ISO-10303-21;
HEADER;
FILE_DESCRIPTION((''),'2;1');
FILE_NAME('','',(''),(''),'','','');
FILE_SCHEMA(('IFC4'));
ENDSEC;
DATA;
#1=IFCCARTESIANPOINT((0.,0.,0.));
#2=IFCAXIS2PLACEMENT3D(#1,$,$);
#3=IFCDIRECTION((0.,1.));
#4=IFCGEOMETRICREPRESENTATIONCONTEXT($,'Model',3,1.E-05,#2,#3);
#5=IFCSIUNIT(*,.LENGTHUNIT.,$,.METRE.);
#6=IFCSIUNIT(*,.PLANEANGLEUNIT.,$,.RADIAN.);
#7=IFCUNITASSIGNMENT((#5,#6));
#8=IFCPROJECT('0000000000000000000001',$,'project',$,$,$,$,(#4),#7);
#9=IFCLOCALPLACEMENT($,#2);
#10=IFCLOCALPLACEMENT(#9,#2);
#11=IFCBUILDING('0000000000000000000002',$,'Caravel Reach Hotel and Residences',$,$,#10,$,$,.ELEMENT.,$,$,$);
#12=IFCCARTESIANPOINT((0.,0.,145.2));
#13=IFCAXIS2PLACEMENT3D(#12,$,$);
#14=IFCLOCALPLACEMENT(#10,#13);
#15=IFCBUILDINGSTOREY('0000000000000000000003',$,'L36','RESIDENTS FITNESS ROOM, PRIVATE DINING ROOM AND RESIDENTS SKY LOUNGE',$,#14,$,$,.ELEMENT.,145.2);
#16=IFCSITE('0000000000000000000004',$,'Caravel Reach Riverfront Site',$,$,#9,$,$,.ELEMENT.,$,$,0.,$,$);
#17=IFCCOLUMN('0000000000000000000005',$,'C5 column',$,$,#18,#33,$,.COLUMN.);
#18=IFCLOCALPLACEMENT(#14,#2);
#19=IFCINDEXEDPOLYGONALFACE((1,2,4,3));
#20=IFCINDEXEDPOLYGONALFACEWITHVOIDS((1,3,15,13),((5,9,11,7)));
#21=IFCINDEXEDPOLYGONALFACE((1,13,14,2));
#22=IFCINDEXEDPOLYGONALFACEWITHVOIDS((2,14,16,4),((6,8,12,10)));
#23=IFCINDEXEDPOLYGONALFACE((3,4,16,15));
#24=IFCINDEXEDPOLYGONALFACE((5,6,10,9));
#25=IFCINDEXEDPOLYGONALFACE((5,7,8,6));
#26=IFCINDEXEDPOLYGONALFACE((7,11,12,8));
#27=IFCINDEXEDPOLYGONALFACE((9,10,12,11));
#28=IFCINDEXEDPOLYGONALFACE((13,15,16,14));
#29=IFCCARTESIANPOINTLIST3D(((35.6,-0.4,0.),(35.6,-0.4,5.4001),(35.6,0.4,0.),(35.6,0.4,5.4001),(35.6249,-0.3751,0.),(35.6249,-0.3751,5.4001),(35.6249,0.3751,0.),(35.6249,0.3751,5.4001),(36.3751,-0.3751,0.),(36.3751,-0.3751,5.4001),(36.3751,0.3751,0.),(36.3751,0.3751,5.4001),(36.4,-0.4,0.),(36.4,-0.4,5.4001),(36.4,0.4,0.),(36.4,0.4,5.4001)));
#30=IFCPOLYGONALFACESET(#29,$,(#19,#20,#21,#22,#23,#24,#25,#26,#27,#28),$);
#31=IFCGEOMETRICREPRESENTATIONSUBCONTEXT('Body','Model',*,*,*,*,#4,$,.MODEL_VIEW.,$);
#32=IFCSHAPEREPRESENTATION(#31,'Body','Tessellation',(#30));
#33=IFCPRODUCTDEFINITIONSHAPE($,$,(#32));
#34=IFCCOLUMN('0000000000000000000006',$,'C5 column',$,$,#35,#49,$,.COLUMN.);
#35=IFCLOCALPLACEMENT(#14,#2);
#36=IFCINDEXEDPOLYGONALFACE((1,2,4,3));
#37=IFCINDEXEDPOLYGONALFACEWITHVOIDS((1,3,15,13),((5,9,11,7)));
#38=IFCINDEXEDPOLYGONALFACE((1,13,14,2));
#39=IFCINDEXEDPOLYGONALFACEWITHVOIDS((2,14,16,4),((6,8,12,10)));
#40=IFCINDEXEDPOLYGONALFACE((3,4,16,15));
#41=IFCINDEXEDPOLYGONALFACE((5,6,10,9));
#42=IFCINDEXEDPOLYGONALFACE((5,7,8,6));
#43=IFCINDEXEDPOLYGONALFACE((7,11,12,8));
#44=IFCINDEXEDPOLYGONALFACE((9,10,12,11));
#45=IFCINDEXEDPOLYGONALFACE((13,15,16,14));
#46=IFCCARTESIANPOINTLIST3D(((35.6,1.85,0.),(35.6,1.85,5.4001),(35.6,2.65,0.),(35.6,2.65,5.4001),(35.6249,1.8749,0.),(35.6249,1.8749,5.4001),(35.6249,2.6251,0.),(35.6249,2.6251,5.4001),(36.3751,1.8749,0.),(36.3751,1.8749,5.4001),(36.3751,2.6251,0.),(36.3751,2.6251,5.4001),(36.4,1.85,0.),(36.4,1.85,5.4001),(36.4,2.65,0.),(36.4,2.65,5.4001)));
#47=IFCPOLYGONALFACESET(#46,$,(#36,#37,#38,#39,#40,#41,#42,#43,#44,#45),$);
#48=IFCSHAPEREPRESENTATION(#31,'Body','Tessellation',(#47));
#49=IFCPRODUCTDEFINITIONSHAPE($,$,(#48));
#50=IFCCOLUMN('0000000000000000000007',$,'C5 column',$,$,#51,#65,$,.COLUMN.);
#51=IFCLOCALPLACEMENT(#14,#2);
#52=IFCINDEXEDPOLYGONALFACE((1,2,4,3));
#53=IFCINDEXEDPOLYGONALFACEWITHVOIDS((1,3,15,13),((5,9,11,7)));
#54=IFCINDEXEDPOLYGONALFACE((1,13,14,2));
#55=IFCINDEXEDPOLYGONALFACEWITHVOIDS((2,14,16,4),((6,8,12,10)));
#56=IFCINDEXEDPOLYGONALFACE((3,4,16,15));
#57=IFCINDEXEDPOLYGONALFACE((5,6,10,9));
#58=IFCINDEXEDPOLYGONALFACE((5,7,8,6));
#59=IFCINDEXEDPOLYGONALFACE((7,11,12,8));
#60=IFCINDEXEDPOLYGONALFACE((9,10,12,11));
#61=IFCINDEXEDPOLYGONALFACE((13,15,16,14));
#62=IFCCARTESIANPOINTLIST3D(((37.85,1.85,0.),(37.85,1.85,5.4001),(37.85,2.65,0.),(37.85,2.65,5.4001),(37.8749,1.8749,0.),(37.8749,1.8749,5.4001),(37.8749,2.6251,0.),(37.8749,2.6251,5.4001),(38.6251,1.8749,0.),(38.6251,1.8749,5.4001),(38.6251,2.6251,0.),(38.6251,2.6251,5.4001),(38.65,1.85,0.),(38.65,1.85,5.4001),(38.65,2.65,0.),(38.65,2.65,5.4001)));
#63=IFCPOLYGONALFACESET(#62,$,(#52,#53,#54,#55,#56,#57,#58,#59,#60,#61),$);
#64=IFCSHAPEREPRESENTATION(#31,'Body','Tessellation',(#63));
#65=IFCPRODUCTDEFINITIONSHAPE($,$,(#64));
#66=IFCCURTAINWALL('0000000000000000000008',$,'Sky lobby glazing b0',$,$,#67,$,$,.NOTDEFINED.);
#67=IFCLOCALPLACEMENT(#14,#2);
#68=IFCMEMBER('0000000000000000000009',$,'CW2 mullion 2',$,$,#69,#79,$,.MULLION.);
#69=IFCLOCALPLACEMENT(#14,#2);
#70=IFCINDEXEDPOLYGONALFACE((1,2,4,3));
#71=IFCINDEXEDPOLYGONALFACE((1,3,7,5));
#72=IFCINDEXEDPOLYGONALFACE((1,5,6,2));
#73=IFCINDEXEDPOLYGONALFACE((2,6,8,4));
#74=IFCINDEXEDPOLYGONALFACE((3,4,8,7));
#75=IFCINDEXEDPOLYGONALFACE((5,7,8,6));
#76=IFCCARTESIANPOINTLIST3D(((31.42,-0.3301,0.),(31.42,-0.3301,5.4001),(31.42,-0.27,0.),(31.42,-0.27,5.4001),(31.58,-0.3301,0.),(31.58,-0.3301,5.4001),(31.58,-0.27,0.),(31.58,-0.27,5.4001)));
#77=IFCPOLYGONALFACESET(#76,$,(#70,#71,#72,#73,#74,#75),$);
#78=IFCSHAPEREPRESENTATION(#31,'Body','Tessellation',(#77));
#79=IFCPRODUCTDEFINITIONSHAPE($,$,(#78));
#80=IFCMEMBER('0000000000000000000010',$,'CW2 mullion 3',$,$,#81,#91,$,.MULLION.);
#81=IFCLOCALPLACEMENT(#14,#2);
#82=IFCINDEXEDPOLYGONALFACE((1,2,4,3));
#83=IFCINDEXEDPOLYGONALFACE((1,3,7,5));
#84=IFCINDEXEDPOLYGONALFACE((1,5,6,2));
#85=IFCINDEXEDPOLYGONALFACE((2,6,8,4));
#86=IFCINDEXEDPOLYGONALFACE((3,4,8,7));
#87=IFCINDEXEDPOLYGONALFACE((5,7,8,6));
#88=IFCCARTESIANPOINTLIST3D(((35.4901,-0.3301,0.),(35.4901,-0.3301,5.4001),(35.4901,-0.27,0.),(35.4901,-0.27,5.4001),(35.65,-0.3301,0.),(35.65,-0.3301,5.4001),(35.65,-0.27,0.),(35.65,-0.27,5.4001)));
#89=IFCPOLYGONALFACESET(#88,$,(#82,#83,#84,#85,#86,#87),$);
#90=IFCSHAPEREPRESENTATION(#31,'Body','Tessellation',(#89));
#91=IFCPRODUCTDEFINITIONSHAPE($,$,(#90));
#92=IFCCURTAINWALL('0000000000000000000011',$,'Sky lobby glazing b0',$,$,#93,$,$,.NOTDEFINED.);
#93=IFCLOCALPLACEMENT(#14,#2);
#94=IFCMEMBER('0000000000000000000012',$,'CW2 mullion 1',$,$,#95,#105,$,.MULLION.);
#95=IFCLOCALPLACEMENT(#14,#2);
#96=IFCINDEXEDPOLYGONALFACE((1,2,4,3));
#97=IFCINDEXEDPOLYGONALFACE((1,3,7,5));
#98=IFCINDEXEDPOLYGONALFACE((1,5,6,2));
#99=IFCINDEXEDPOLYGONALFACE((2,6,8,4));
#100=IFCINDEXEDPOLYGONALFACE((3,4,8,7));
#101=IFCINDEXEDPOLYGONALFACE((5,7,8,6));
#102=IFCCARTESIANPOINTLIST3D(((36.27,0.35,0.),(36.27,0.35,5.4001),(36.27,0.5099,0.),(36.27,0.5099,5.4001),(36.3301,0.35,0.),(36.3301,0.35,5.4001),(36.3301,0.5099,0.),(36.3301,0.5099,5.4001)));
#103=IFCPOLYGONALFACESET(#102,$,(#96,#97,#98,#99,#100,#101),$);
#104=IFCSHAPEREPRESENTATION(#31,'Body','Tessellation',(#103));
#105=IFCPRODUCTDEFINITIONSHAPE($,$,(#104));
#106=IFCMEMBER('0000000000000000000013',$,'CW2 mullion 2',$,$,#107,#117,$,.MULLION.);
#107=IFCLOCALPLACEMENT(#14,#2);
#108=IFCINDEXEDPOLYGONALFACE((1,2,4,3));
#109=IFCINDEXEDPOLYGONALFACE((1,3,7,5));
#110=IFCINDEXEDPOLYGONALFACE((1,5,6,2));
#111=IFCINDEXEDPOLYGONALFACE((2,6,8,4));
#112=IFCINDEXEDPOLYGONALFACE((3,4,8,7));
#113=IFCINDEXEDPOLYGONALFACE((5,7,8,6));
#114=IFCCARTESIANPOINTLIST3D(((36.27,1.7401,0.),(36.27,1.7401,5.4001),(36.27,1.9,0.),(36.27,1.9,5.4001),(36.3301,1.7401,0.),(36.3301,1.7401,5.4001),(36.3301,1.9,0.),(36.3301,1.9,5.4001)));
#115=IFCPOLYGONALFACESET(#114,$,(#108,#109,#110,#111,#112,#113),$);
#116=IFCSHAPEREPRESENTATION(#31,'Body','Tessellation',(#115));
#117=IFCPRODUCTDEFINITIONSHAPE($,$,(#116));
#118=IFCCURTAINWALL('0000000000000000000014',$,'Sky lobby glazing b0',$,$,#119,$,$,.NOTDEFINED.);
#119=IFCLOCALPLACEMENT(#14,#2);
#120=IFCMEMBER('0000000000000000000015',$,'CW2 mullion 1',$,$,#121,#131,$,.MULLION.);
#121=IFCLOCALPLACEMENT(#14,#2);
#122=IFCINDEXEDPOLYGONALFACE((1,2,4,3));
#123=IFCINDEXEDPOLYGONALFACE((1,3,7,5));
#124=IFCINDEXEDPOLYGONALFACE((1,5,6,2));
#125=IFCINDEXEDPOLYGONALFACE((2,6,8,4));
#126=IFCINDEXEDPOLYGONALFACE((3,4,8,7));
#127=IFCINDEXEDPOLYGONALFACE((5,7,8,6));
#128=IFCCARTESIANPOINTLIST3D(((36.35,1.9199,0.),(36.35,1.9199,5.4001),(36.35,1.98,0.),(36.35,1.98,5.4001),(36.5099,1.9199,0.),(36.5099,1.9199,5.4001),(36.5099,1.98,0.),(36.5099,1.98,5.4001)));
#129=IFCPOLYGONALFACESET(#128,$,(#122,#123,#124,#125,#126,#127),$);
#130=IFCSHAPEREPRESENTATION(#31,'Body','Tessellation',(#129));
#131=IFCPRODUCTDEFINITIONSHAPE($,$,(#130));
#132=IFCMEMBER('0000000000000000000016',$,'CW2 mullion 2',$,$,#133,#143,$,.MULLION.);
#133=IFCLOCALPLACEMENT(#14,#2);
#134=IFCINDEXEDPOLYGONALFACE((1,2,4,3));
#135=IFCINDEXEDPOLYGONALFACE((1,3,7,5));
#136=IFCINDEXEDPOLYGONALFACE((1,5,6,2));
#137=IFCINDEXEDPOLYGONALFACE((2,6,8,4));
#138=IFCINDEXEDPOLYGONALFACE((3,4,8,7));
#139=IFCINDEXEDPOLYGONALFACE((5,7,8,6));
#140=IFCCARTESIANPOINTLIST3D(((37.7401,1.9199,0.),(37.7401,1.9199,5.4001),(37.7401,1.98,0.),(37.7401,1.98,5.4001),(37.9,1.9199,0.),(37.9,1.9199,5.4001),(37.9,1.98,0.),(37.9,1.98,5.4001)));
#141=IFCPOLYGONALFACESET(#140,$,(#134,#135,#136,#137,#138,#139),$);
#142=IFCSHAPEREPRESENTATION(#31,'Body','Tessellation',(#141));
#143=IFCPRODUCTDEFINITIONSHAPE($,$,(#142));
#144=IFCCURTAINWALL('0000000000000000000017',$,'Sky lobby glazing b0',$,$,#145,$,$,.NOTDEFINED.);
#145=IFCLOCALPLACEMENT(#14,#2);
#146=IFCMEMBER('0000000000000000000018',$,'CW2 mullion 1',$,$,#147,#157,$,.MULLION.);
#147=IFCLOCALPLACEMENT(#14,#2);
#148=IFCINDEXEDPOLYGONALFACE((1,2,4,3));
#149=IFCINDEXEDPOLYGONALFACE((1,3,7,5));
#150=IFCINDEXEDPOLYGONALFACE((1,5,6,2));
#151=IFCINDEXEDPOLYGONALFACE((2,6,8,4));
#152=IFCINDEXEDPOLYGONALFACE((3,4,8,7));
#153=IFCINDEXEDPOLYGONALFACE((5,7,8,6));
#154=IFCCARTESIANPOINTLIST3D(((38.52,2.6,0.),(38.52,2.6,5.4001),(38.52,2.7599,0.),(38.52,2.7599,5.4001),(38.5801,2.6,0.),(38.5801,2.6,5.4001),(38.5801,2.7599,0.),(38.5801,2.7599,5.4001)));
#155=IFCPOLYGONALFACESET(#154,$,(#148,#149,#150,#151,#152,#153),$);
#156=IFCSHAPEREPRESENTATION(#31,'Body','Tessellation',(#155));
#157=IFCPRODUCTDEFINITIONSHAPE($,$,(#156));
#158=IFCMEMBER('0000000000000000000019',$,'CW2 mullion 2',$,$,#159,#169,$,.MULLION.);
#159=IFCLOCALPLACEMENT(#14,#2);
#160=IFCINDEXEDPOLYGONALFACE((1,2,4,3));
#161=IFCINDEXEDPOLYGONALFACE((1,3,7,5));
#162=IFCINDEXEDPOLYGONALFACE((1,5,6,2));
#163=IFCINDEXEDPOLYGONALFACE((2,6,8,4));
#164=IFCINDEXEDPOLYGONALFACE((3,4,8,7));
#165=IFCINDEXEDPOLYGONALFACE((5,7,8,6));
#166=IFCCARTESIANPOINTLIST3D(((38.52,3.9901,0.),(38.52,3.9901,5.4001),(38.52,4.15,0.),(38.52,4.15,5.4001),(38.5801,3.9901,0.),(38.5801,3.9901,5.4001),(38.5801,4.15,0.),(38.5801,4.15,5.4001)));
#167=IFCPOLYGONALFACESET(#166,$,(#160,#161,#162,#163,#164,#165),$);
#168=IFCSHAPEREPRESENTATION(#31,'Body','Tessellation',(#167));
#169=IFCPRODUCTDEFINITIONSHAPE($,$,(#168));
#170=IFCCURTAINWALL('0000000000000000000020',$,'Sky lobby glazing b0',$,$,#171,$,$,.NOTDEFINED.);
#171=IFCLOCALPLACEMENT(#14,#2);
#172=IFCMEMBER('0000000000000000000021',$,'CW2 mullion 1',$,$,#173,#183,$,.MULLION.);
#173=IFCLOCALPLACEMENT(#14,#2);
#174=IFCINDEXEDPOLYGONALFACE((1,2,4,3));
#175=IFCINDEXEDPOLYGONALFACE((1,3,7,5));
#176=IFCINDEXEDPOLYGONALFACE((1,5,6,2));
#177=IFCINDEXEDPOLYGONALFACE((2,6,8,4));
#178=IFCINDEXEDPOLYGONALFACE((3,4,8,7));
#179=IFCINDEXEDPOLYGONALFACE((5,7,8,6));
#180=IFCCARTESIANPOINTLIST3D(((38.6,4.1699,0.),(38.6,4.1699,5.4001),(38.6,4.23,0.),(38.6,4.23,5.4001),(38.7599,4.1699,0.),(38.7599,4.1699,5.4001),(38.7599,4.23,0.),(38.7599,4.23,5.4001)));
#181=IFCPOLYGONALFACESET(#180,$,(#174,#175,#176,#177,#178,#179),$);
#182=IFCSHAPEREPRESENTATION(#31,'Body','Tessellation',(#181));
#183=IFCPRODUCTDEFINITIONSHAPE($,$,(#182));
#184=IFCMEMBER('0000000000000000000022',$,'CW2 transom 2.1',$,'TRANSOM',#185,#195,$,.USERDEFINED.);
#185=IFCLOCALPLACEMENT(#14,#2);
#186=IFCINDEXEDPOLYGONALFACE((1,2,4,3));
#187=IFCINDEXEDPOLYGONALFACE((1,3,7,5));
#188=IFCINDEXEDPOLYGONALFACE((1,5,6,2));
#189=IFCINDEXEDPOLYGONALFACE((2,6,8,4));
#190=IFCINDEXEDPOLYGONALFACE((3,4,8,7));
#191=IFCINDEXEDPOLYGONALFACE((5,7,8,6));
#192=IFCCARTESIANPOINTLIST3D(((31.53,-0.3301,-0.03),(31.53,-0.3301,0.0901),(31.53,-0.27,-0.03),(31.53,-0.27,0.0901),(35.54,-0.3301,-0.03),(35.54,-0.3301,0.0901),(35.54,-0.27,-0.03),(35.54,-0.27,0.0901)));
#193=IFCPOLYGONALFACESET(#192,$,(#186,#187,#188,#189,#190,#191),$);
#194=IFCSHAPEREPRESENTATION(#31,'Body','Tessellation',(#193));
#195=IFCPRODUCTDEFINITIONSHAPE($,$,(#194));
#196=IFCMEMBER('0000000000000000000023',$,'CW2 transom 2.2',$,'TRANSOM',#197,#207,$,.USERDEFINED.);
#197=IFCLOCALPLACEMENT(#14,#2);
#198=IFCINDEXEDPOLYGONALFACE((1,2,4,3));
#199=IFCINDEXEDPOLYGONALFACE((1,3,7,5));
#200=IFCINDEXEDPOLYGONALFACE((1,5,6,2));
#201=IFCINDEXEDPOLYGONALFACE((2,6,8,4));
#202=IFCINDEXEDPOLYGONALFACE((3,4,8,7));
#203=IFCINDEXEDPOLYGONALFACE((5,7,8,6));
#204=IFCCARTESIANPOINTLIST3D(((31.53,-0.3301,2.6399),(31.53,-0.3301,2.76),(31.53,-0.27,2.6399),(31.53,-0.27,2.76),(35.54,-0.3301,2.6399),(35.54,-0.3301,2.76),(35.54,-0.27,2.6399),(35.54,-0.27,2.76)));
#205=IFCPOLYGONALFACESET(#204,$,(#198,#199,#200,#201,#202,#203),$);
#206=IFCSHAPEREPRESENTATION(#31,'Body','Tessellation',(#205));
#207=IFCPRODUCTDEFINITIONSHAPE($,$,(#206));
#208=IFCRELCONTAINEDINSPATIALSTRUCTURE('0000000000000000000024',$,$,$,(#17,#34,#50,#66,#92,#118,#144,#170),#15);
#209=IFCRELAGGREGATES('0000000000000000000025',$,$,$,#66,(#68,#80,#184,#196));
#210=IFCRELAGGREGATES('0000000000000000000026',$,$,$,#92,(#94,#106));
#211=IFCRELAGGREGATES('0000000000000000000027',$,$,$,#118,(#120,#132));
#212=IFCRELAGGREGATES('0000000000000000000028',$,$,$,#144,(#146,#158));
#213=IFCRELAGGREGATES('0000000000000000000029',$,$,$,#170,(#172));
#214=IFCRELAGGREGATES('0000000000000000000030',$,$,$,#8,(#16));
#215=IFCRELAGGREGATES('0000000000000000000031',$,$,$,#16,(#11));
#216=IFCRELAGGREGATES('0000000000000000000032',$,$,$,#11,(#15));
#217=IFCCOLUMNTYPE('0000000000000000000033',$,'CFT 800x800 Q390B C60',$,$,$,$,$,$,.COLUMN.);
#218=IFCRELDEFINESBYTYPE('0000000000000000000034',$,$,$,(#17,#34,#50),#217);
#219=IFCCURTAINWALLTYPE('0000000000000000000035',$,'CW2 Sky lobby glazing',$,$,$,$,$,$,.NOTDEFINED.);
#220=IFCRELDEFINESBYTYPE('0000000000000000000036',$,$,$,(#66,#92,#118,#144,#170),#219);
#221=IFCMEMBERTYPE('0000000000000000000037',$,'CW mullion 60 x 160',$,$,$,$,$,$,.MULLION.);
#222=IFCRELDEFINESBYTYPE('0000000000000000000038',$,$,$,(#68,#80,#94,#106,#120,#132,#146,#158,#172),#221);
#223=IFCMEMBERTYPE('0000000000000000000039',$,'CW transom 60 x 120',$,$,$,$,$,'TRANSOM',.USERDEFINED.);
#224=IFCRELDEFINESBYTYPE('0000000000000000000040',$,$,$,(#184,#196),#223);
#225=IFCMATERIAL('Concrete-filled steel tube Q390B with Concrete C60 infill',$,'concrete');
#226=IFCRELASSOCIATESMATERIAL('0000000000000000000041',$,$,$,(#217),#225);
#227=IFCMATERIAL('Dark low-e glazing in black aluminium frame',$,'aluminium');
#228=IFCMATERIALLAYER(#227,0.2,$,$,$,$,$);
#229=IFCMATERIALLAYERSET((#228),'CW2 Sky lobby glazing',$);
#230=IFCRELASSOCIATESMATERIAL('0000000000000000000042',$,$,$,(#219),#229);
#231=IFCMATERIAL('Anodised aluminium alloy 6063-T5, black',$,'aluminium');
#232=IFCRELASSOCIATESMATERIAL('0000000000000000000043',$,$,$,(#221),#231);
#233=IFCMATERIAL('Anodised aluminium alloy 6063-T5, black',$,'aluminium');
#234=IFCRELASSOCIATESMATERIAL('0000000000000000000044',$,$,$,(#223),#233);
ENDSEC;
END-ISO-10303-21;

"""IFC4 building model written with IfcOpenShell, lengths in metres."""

from ifc_helpers import new_model, si_unit, direction, frame, origin, origin_2d, place, context, subcontext, project, spatial, rectangle, hollow_rectangle, extrude, material, layer, layer_set, material_profile, profile_set, type_object, element, aggregate, save


model = new_model("IFC4")

# Units and contexts
model_context = context("Model", 3, precision=1e-05, world=origin(), true_north=direction((0.0, 1.0)))
body_context = subcontext(model_context, "Body", "Model", "MODEL_VIEW")
ifc_project = project(units=[si_unit("LENGTHUNIT", "METRE"), si_unit("PLANEANGLEUNIT", "RADIAN")], contexts=[model_context])

# Site, building, storey
site_placement = place(None, origin())
site = spatial("IfcSite", under=ifc_project, at=site_placement, Name="Caravel Reach Riverfront Site", CompositionType="ELEMENT", RefElevation=0.0)
building_placement = place(site_placement, origin())
building = spatial("IfcBuilding", under=site, at=building_placement, Name="Caravel Reach Hotel and Residences", CompositionType="ELEMENT")
storey_placement = place(building_placement, frame((0.0, 0.0, 145.2)))
storey = spatial("IfcBuildingStorey", under=building, at=storey_placement, Name="L36", Description="RESIDENTS FITNESS ROOM, PRIVATE DINING ROOM AND RESIDENTS SKY LOUNGE", CompositionType="ELEMENT", Elevation=145.2)

# Columns
ifc_material_1 = material(Name="Concrete-filled steel tube Q390B with Concrete C60 infill", Category="concrete")
ifc_material_profile_1 = material_profile(ifc_material_1, hollow_rectangle(XDim=0.8, YDim=0.8, WallThickness=0.0249, at=origin_2d()), Name="RHS 800x800x25")
ifc_profile_set_1 = profile_set([ifc_material_profile_1], Name="Concrete-filled steel tube Q390B with Concrete C60 infill")
column_type = type_object("IfcColumnType", Name="CFT 800x800 Q390B C60", PredefinedType="COLUMN", material=ifc_profile_set_1)
for number, where, z_axis, x_axis, name in (
    (1, (36.0, 0.0, 0.0), (0.0, 0.0, 1.0), (1.0, 0.0, 0.0), "C5 column"),
    (2, (36.0, 2.25, 0.0), (0.0, 0.0, 1.0), (1.0, 0.0, 0.0), "C5 column"),
    (3, (38.25, 2.25, 0.0), (0.0, 0.0, 1.0), (1.0, 0.0, 0.0), "C5 column"),
):
    element("IfcColumn", number, at=place(storey_placement, frame(where, z_axis=z_axis, x_axis=x_axis)), inside=storey, type_object=column_type, Name=name, PredefinedType="COLUMN", context=body_context, shape_type="SweptSolid", body=[
        extrude(hollow_rectangle(XDim=0.8, YDim=0.8, WallThickness=0.0249, at=origin_2d()), origin(), (0.0, 0.0, 1.0), 5.4001),
    ])

# Curtain walls, members
ifc_material_2 = material(Name="Dark low-e glazing in black aluminium frame", Category="aluminium")
ifc_layer_1 = layer(ifc_material_2, 0.2)
ifc_layer_set_1 = layer_set([ifc_layer_1], Name="CW2 Sky lobby glazing")
curtain_wall_type = type_object("IfcCurtainWallType", Name="CW2 Sky lobby glazing", PredefinedType="NOTDEFINED", material=ifc_layer_set_1)
curtain_wall_1_placement = place(storey_placement, origin())
curtain_wall_1 = element("IfcCurtainWall", 4, at=curtain_wall_1_placement, inside=storey, type_object=curtain_wall_type, Name="Sky lobby glazing b0", PredefinedType="NOTDEFINED")
ifc_material_3 = material(Name="Anodised aluminium alloy 6063-T5, black", Category="aluminium")
ifc_material_profile_2 = material_profile(ifc_material_3, rectangle(XDim=0.0601, YDim=0.1599, at=origin_2d()), Name="CW mullion 60 x 160")
ifc_profile_set_2 = profile_set([ifc_material_profile_2], Name="Anodised aluminium alloy 6063-T5, black")
member_type_1 = type_object("IfcMemberType", Name="CW mullion 60 x 160", PredefinedType="MULLION", material=ifc_profile_set_2)
member_1_placement = place(storey_placement, frame((31.5, -0.3, 0.0), z_axis=(0.0, 0.0, 1.0), x_axis=(0.0, 1.0, 0.0)))
member_1 = element("IfcMember", 5, at=member_1_placement, type_object=member_type_1, Name="CW2 mullion 2", PredefinedType="MULLION", context=body_context, shape_type="SweptSolid", body=[
    extrude(rectangle(XDim=0.0601, YDim=0.1599, at=origin_2d()), origin(), (0.0, 0.0, 1.0), 5.4001),
])
member_2_placement = place(storey_placement, frame((35.5701, -0.3, 0.0), z_axis=(0.0, 0.0, 1.0), x_axis=(0.0, 1.0, 0.0)))
member_2 = element("IfcMember", 6, at=member_2_placement, type_object=member_type_1, Name="CW2 mullion 3", PredefinedType="MULLION", context=body_context, shape_type="SweptSolid", body=[
    extrude(rectangle(XDim=0.0601, YDim=0.1599, at=origin_2d()), origin(), (0.0, 0.0, 1.0), 5.4001),
])
curtain_wall_2_placement = place(storey_placement, origin())
curtain_wall_2 = element("IfcCurtainWall", 7, at=curtain_wall_2_placement, inside=storey, type_object=curtain_wall_type, Name="Sky lobby glazing b0", PredefinedType="NOTDEFINED")
member_3_placement = place(storey_placement, frame((36.3, 0.4299, 0.0), z_axis=(0.0, 0.0, 1.0), x_axis=(-1.0, 0.0, 0.0)))
member_3 = element("IfcMember", 8, at=member_3_placement, type_object=member_type_1, Name="CW2 mullion 1", PredefinedType="MULLION", context=body_context, shape_type="SweptSolid", body=[
    extrude(rectangle(XDim=0.0601, YDim=0.1599, at=origin_2d()), origin(), (0.0, 0.0, 1.0), 5.4001),
])
member_4_placement = place(storey_placement, frame((36.3, 1.8201, 0.0), z_axis=(0.0, 0.0, 1.0), x_axis=(-1.0, 0.0, 0.0)))
member_4 = element("IfcMember", 9, at=member_4_placement, type_object=member_type_1, Name="CW2 mullion 2", PredefinedType="MULLION", context=body_context, shape_type="SweptSolid", body=[
    extrude(rectangle(XDim=0.0601, YDim=0.1599, at=origin_2d()), origin(), (0.0, 0.0, 1.0), 5.4001),
])
curtain_wall_3_placement = place(storey_placement, origin())
curtain_wall_3 = element("IfcCurtainWall", 10, at=curtain_wall_3_placement, inside=storey, type_object=curtain_wall_type, Name="Sky lobby glazing b0", PredefinedType="NOTDEFINED")
member_5_placement = place(storey_placement, frame((36.4299, 1.95, 0.0), z_axis=(0.0, 0.0, 1.0), x_axis=(0.0, 1.0, 0.0)))
member_5 = element("IfcMember", 11, at=member_5_placement, type_object=member_type_1, Name="CW2 mullion 1", PredefinedType="MULLION", context=body_context, shape_type="SweptSolid", body=[
    extrude(rectangle(XDim=0.0601, YDim=0.1599, at=origin_2d()), origin(), (0.0, 0.0, 1.0), 5.4001),
])
member_6_placement = place(storey_placement, frame((37.8201, 1.95, 0.0), z_axis=(0.0, 0.0, 1.0), x_axis=(0.0, 1.0, 0.0)))
member_6 = element("IfcMember", 12, at=member_6_placement, type_object=member_type_1, Name="CW2 mullion 2", PredefinedType="MULLION", context=body_context, shape_type="SweptSolid", body=[
    extrude(rectangle(XDim=0.0601, YDim=0.1599, at=origin_2d()), origin(), (0.0, 0.0, 1.0), 5.4001),
])
curtain_wall_4_placement = place(storey_placement, origin())
curtain_wall_4 = element("IfcCurtainWall", 13, at=curtain_wall_4_placement, inside=storey, type_object=curtain_wall_type, Name="Sky lobby glazing b0", PredefinedType="NOTDEFINED")
member_7_placement = place(storey_placement, frame((38.55, 2.6799, 0.0), z_axis=(0.0, 0.0, 1.0), x_axis=(-1.0, 0.0, 0.0)))
member_7 = element("IfcMember", 14, at=member_7_placement, type_object=member_type_1, Name="CW2 mullion 1", PredefinedType="MULLION", context=body_context, shape_type="SweptSolid", body=[
    extrude(rectangle(XDim=0.0601, YDim=0.1599, at=origin_2d()), origin(), (0.0, 0.0, 1.0), 5.4001),
])
member_8_placement = place(storey_placement, frame((38.55, 4.0701, 0.0), z_axis=(0.0, 0.0, 1.0), x_axis=(-1.0, 0.0, 0.0)))
member_8 = element("IfcMember", 15, at=member_8_placement, type_object=member_type_1, Name="CW2 mullion 2", PredefinedType="MULLION", context=body_context, shape_type="SweptSolid", body=[
    extrude(rectangle(XDim=0.0601, YDim=0.1599, at=origin_2d()), origin(), (0.0, 0.0, 1.0), 5.4001),
])

# Curtain wall, member
curtain_wall_5_placement = place(storey_placement, origin())
curtain_wall_5 = element("IfcCurtainWall", 16, at=curtain_wall_5_placement, inside=storey, type_object=curtain_wall_type, Name="Sky lobby glazing b0", PredefinedType="NOTDEFINED")
member_9_placement = place(storey_placement, frame((38.6799, 4.2, 0.0), z_axis=(0.0, 0.0, 1.0), x_axis=(0.0, 1.0, 0.0)))
member_9 = element("IfcMember", 17, at=member_9_placement, type_object=member_type_1, Name="CW2 mullion 1", PredefinedType="MULLION", context=body_context, shape_type="SweptSolid", body=[
    extrude(rectangle(XDim=0.0601, YDim=0.1599, at=origin_2d()), origin(), (0.0, 0.0, 1.0), 5.4001),
])

# Members
ifc_material_4 = material(Name="Anodised aluminium alloy 6063-T5, black", Category="aluminium")
ifc_material_profile_3 = material_profile(ifc_material_4, rectangle(XDim=0.0601, YDim=0.1201, at=origin_2d()), Name="CW transom 60 x 120")
ifc_profile_set_3 = profile_set([ifc_material_profile_3], Name="Anodised aluminium alloy 6063-T5, black")
member_type_2 = type_object("IfcMemberType", Name="CW transom 60 x 120", ElementType="TRANSOM", PredefinedType="USERDEFINED", material=ifc_profile_set_3)
member_10_placement = place(storey_placement, frame((31.53, -0.3, 0.03), z_axis=(1.0, 0.0, 0.0), x_axis=(0.0, 1.0, 0.0)))
member_10 = element("IfcMember", 18, at=member_10_placement, type_object=member_type_2, Name="CW2 transom 2.1", ObjectType="TRANSOM", PredefinedType="USERDEFINED", context=body_context, shape_type="SweptSolid", body=[
    extrude(rectangle(XDim=0.0601, YDim=0.1201, at=origin_2d()), origin(), (0.0, 0.0, 1.0), 4.01),
])
member_11_placement = place(storey_placement, frame((31.53, -0.3, 2.7), z_axis=(1.0, 0.0, 0.0), x_axis=(0.0, 1.0, 0.0)))
member_11 = element("IfcMember", 19, at=member_11_placement, type_object=member_type_2, Name="CW2 transom 2.2", ObjectType="TRANSOM", PredefinedType="USERDEFINED", context=body_context, shape_type="SweptSolid", body=[
    extrude(rectangle(XDim=0.0601, YDim=0.1201, at=origin_2d()), origin(), (0.0, 0.0, 1.0), 4.01),
])

aggregate(curtain_wall_1, [member_1, member_2, member_10, member_11])
aggregate(curtain_wall_2, [member_3, member_4])
aggregate(curtain_wall_3, [member_5, member_6])
aggregate(curtain_wall_4, [member_7, member_8])
aggregate(curtain_wall_5, [member_9])

save(model, "model.ifc")
